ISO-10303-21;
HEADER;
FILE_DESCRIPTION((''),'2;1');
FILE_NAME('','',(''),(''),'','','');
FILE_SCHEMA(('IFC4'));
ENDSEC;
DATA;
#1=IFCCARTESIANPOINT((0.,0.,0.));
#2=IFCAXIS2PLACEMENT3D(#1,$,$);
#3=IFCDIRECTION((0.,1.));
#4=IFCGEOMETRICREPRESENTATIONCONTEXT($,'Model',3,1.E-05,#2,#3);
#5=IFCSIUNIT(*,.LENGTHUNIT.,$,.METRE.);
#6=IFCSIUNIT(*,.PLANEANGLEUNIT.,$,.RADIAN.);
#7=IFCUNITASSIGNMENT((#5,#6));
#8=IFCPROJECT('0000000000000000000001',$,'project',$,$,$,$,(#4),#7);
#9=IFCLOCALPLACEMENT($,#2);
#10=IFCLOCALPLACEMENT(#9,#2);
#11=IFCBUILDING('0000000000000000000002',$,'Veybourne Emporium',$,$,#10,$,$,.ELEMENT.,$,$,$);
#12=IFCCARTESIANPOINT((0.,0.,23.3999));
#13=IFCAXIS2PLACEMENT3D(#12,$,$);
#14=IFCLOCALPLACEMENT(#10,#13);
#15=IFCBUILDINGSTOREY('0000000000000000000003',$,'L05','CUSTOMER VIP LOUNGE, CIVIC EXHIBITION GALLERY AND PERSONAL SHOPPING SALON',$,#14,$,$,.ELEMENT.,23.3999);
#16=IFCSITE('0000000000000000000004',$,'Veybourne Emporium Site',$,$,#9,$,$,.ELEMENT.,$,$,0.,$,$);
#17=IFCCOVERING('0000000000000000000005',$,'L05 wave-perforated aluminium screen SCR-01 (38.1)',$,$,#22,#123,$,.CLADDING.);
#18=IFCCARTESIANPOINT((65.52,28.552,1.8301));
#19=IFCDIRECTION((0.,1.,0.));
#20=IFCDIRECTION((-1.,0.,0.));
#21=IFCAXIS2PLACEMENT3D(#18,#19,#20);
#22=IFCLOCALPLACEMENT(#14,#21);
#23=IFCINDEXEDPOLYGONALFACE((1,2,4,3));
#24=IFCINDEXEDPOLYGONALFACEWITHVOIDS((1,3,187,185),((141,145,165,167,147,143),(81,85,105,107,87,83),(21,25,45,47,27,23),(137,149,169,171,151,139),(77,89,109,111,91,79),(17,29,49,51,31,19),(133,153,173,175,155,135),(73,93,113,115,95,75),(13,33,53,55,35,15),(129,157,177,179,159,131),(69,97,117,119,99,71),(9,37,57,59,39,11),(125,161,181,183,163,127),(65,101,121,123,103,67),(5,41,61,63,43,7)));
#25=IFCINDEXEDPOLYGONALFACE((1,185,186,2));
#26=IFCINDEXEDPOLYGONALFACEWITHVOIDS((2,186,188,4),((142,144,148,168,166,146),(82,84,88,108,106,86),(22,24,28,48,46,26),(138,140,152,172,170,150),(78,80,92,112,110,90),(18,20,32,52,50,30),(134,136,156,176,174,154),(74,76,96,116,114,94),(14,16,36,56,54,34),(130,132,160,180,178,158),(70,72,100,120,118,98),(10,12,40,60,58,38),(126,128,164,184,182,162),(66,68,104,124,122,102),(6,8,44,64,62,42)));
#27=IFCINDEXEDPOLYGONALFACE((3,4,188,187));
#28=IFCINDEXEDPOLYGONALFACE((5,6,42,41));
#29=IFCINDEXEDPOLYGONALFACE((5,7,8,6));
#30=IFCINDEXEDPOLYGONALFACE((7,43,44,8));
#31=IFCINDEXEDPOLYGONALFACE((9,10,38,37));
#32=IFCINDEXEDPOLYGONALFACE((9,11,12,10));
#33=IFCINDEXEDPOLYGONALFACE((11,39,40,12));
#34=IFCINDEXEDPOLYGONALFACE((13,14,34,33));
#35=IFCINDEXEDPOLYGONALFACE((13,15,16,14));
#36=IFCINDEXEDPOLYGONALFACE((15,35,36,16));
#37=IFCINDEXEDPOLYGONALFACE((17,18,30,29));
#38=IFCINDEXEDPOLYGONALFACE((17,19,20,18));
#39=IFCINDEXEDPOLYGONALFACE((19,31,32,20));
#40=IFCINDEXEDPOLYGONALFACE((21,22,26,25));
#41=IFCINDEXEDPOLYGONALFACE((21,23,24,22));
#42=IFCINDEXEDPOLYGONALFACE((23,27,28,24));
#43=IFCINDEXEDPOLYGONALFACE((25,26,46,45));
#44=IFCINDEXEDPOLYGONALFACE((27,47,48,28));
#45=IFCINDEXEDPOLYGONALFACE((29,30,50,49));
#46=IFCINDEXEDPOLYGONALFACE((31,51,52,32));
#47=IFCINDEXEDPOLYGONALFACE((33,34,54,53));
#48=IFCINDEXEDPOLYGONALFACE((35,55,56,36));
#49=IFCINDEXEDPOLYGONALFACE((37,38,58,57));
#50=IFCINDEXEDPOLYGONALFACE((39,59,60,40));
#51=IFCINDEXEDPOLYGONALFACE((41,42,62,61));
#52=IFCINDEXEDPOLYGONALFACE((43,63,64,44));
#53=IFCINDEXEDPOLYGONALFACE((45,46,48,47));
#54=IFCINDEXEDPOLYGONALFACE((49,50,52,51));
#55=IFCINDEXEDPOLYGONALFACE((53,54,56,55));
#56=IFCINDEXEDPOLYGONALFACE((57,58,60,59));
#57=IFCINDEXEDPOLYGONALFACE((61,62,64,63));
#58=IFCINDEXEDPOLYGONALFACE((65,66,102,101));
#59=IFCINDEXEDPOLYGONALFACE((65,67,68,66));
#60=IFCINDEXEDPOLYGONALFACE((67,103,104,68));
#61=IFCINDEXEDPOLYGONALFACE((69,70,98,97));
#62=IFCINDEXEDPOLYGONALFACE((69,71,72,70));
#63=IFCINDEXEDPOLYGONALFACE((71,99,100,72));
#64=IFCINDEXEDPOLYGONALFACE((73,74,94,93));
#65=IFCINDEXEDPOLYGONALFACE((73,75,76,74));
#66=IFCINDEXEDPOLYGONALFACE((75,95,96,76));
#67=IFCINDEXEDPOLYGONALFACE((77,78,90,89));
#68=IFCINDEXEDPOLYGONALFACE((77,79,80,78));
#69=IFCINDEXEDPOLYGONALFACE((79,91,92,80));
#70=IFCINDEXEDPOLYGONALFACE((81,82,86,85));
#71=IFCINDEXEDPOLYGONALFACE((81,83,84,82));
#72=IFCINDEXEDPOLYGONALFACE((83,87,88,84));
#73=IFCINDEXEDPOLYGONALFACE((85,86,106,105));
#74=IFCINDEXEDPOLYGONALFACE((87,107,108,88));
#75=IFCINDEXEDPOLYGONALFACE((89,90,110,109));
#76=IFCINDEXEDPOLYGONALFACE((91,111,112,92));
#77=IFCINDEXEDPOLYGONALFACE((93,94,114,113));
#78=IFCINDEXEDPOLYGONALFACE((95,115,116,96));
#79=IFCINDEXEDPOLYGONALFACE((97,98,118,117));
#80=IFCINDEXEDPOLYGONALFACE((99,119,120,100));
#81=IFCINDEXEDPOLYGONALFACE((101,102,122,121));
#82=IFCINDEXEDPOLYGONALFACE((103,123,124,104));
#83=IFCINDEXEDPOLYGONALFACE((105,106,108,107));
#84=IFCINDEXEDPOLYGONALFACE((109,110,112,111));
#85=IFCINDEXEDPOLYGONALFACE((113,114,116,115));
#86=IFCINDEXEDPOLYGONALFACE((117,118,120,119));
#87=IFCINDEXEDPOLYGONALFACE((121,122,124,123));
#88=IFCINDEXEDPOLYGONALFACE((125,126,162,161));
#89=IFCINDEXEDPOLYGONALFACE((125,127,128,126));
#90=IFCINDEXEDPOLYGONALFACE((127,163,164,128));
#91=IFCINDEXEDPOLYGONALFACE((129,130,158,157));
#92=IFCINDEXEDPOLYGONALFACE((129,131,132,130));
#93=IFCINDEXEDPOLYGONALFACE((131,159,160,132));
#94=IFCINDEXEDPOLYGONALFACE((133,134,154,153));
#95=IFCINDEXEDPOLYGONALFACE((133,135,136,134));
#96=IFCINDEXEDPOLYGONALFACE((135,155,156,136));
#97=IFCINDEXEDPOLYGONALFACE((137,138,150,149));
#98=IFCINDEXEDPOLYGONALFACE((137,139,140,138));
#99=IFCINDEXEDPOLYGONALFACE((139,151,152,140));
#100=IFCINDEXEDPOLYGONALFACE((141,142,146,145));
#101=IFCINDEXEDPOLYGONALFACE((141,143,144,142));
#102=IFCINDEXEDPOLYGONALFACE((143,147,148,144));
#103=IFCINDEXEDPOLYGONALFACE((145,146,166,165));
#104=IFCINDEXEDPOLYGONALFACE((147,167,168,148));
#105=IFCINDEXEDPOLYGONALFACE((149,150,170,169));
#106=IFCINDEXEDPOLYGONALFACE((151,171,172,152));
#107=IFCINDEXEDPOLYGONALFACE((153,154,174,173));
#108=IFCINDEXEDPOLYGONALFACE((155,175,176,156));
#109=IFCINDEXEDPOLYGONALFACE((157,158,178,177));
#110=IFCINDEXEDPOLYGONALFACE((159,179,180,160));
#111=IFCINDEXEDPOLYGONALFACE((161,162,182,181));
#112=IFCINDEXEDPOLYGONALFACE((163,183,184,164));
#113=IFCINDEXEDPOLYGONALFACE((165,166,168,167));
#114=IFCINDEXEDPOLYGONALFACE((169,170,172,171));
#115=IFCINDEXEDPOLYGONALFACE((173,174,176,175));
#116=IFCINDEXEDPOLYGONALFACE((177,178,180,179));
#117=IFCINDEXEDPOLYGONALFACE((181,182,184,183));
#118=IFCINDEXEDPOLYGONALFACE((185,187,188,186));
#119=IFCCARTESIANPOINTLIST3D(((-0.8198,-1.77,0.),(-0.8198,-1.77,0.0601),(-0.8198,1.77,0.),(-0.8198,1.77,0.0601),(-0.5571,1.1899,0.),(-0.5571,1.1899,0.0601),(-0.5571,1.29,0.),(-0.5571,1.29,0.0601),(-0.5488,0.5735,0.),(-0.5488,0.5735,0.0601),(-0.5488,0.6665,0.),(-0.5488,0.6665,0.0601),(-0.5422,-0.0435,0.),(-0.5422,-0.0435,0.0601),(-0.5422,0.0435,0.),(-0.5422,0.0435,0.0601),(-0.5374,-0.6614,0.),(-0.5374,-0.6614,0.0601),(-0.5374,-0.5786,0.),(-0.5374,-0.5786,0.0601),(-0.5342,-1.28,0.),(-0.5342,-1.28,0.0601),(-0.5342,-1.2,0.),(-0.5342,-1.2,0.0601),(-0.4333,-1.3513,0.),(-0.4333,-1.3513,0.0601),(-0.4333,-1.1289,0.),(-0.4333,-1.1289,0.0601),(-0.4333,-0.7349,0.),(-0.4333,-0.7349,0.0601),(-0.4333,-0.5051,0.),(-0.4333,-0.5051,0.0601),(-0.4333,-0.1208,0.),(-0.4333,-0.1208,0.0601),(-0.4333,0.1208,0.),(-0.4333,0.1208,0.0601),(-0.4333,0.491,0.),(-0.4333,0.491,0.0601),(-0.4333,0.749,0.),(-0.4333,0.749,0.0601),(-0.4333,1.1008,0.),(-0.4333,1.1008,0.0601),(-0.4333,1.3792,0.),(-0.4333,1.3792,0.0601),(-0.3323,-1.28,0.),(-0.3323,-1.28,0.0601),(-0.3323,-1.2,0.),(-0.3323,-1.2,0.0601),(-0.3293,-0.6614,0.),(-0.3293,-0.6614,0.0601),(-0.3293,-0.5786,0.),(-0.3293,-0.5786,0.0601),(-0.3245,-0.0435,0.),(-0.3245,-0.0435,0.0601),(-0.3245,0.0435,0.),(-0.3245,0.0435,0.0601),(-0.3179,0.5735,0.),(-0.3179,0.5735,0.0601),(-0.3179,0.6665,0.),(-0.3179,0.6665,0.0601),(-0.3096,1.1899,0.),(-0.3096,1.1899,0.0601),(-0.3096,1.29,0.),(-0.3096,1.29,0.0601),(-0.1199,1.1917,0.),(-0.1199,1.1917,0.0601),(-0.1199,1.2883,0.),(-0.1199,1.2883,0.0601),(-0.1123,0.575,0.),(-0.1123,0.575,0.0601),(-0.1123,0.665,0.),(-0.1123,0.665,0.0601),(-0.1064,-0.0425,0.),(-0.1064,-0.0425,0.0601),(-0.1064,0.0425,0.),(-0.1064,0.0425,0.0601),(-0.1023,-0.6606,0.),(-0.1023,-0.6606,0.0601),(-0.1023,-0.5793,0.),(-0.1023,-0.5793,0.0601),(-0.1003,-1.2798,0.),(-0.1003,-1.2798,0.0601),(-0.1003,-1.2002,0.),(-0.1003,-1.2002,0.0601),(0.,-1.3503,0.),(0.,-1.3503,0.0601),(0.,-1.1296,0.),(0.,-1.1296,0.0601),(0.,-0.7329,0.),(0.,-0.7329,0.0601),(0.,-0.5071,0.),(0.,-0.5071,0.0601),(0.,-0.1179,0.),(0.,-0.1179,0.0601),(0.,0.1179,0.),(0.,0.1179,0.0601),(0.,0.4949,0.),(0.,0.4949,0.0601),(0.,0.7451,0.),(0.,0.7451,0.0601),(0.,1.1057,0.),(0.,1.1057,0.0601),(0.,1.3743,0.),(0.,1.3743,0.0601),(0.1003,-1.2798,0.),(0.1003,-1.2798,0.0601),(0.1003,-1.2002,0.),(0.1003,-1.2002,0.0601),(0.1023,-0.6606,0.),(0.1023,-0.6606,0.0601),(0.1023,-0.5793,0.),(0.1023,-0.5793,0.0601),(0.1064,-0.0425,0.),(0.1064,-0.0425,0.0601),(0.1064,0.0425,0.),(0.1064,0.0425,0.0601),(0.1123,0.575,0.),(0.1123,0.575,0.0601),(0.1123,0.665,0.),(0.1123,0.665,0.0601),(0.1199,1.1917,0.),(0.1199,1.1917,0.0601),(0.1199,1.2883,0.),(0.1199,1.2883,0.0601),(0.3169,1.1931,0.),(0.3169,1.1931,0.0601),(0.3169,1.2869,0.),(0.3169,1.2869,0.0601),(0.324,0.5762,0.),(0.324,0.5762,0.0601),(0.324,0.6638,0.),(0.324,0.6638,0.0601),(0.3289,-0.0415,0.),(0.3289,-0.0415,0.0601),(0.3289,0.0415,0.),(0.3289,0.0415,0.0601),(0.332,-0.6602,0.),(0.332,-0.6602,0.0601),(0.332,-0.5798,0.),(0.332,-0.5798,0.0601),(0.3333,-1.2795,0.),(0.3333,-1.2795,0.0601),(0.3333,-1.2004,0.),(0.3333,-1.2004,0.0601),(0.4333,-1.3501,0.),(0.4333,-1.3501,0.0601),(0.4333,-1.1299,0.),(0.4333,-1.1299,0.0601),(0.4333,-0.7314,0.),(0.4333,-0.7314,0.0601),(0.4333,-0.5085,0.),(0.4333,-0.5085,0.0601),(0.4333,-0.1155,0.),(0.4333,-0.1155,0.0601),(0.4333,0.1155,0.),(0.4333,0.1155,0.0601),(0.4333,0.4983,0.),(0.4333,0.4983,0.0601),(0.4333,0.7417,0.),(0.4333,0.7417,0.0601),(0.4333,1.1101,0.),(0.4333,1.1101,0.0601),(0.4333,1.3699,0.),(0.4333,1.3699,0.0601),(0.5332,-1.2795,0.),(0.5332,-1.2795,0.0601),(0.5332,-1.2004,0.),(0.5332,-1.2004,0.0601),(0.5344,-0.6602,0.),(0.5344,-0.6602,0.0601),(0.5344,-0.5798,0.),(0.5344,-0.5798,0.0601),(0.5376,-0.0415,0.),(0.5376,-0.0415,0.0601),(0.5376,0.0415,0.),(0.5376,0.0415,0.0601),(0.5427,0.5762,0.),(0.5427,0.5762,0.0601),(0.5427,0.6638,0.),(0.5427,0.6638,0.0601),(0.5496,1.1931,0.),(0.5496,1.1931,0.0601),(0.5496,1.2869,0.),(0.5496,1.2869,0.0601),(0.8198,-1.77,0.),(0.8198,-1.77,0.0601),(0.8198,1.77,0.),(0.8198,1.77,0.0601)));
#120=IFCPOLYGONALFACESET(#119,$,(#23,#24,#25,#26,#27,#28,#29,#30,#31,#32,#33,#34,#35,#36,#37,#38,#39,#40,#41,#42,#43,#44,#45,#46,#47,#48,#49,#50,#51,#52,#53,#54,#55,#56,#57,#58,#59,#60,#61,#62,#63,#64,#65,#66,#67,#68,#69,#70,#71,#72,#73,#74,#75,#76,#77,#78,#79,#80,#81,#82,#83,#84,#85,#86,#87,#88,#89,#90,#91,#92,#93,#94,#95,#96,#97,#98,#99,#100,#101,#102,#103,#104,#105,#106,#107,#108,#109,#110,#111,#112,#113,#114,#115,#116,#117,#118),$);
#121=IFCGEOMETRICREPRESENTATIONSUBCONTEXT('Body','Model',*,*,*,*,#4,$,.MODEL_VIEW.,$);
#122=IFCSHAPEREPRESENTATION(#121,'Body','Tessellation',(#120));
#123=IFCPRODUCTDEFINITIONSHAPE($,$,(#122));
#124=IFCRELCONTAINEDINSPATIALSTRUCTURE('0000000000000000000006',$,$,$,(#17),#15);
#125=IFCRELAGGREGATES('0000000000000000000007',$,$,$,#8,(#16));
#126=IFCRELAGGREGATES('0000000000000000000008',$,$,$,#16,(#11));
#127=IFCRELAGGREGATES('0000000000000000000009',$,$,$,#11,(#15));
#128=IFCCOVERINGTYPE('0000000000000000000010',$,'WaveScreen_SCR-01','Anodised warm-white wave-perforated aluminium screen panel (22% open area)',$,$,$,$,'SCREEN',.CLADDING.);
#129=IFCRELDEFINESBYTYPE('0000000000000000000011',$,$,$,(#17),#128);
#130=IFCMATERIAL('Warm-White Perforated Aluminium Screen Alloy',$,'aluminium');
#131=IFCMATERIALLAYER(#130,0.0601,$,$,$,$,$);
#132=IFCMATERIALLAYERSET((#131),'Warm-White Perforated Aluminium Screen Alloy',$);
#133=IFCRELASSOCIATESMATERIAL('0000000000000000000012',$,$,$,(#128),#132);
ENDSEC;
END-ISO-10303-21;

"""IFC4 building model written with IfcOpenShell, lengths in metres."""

from ifc_helpers import new_model, si_unit, direction, frame, origin, place, context, subcontext, project, spatial, polyline, outline, extrude, material, layer, layer_set, type_object, element, save


model = new_model("IFC4")

# Units and contexts
model_context = context("Model", 3, precision=1e-05, world=origin(), true_north=direction((0.0, 1.0)))
body_context = subcontext(model_context, "Body", "Model", "MODEL_VIEW")
ifc_project = project(units=[si_unit("LENGTHUNIT", "METRE"), si_unit("PLANEANGLEUNIT", "RADIAN")], contexts=[model_context])

# Site, building, storey
site_placement = place(None, origin())
site = spatial("IfcSite", under=ifc_project, at=site_placement, Name="Veybourne Emporium Site", CompositionType="ELEMENT", RefElevation=0.0)
building_placement = place(site_placement, origin())
building = spatial("IfcBuilding", under=site, at=building_placement, Name="Veybourne Emporium", CompositionType="ELEMENT")
storey_placement = place(building_placement, frame((0.0, 0.0, 23.3999)))
storey = spatial("IfcBuildingStorey", under=building, at=storey_placement, Name="L05", Description="CUSTOMER VIP LOUNGE, CIVIC EXHIBITION GALLERY AND PERSONAL SHOPPING SALON", CompositionType="ELEMENT", Elevation=23.3999)

# Covering
ifc_material_1 = material(Name="Warm-White Perforated Aluminium Screen Alloy", Category="aluminium")
ifc_layer_1 = layer(ifc_material_1, 0.0601)
ifc_layer_set_1 = layer_set([ifc_layer_1], Name="Warm-White Perforated Aluminium Screen Alloy")
covering_type_1 = type_object("IfcCoveringType", Name="WaveScreen_SCR-01", Description="Anodised warm-white wave-perforated aluminium screen panel (22% open area)", ElementType="SCREEN", PredefinedType="CLADDING", material=ifc_layer_set_1)
covering_1_placement = place(storey_placement, frame((65.52, 28.552, 1.8301), z_axis=(0.0, 1.0, 0.0), x_axis=(-1.0, 0.0, 0.0)))
element("IfcCovering", 1, at=covering_1_placement, inside=storey, type_object=covering_type_1, Name="L05 wave-perforated aluminium screen SCR-01 (38.1)", PredefinedType="CLADDING", context=body_context, shape_type="SweptSolid", body=[
    extrude(outline(polyline([(-0.8198, -1.77), (0.8198, -1.77), (0.8198, 1.77), (-0.8198, 1.77), (-0.8198, -1.77)]), holes=[polyline([(-0.4333, -1.1289), (-0.3323, -1.2), (-0.3323, -1.28), (-0.4333, -1.3513), (-0.5342, -1.28), (-0.5342, -1.2), (-0.4333, -1.1289)]), polyline([(-0.4333, -0.5051), (-0.3293, -0.5786), (-0.3293, -0.6614), (-0.4333, -0.7349), (-0.5374, -0.6614), (-0.5374, -0.5786), (-0.4333, -0.5051)]), polyline([(-0.4333, 0.1208), (-0.3245, 0.0435), (-0.3245, -0.0435), (-0.4333, -0.1208), (-0.5422, -0.0435), (-0.5422, 0.0435), (-0.4333, 0.1208)]), polyline([(-0.4333, 0.749), (-0.3179, 0.6665), (-0.3179, 0.5735), (-0.4333, 0.491), (-0.5488, 0.5735), (-0.5488, 0.6665), (-0.4333, 0.749)]), polyline([(-0.4333, 1.3792), (-0.3096, 1.29), (-0.3096, 1.1899), (-0.4333, 1.1008), (-0.5571, 1.1899), (-0.5571, 1.29), (-0.4333, 1.3792)]), polyline([(0.0, -1.1296), (0.1003, -1.2002), (0.1003, -1.2798), (0.0, -1.3503), (-0.1003, -1.2798), (-0.1003, -1.2002), (0.0, -1.1296)]), polyline([(0.0, -0.5071), (0.1023, -0.5793), (0.1023, -0.6606), (0.0, -0.7329), (-0.1023, -0.6606), (-0.1023, -0.5793), (0.0, -0.5071)]), polyline([(0.0, 0.1179), (0.1064, 0.0425), (0.1064, -0.0425), (0.0, -0.1179), (-0.1064, -0.0425), (-0.1064, 0.0425), (0.0, 0.1179)]), polyline([(0.0, 0.7451), (0.1123, 0.665), (0.1123, 0.575), (0.0, 0.4949), (-0.1123, 0.575), (-0.1123, 0.665), (0.0, 0.7451)]), polyline([(0.0, 1.3743), (0.1199, 1.2883), (0.1199, 1.1917), (0.0, 1.1057), (-0.1199, 1.1917), (-0.1199, 1.2883), (0.0, 1.3743)]), polyline([(0.4333, -1.1299), (0.5332, -1.2004), (0.5332, -1.2795), (0.4333, -1.3501), (0.3333, -1.2795), (0.3333, -1.2004), (0.4333, -1.1299)]), polyline([(0.4333, -0.5085), (0.5344, -0.5798), (0.5344, -0.6602), (0.4333, -0.7314), (0.332, -0.6602), (0.332, -0.5798), (0.4333, -0.5085)]), polyline([(0.4333, 0.1155), (0.5376, 0.0415), (0.5376, -0.0415), (0.4333, -0.1155), (0.3289, -0.0415), (0.3289, 0.0415), (0.4333, 0.1155)]), polyline([(0.4333, 0.7417), (0.5427, 0.6638), (0.5427, 0.5762), (0.4333, 0.4983), (0.324, 0.5762), (0.324, 0.6638), (0.4333, 0.7417)]), polyline([(0.4333, 1.3699), (0.5496, 1.2869), (0.5496, 1.1931), (0.4333, 1.1101), (0.3169, 1.1931), (0.3169, 1.2869), (0.4333, 1.3699)])]), origin(), (0.0, 0.0, 1.0), 0.0601),
])

save(model, "model.ifc")
